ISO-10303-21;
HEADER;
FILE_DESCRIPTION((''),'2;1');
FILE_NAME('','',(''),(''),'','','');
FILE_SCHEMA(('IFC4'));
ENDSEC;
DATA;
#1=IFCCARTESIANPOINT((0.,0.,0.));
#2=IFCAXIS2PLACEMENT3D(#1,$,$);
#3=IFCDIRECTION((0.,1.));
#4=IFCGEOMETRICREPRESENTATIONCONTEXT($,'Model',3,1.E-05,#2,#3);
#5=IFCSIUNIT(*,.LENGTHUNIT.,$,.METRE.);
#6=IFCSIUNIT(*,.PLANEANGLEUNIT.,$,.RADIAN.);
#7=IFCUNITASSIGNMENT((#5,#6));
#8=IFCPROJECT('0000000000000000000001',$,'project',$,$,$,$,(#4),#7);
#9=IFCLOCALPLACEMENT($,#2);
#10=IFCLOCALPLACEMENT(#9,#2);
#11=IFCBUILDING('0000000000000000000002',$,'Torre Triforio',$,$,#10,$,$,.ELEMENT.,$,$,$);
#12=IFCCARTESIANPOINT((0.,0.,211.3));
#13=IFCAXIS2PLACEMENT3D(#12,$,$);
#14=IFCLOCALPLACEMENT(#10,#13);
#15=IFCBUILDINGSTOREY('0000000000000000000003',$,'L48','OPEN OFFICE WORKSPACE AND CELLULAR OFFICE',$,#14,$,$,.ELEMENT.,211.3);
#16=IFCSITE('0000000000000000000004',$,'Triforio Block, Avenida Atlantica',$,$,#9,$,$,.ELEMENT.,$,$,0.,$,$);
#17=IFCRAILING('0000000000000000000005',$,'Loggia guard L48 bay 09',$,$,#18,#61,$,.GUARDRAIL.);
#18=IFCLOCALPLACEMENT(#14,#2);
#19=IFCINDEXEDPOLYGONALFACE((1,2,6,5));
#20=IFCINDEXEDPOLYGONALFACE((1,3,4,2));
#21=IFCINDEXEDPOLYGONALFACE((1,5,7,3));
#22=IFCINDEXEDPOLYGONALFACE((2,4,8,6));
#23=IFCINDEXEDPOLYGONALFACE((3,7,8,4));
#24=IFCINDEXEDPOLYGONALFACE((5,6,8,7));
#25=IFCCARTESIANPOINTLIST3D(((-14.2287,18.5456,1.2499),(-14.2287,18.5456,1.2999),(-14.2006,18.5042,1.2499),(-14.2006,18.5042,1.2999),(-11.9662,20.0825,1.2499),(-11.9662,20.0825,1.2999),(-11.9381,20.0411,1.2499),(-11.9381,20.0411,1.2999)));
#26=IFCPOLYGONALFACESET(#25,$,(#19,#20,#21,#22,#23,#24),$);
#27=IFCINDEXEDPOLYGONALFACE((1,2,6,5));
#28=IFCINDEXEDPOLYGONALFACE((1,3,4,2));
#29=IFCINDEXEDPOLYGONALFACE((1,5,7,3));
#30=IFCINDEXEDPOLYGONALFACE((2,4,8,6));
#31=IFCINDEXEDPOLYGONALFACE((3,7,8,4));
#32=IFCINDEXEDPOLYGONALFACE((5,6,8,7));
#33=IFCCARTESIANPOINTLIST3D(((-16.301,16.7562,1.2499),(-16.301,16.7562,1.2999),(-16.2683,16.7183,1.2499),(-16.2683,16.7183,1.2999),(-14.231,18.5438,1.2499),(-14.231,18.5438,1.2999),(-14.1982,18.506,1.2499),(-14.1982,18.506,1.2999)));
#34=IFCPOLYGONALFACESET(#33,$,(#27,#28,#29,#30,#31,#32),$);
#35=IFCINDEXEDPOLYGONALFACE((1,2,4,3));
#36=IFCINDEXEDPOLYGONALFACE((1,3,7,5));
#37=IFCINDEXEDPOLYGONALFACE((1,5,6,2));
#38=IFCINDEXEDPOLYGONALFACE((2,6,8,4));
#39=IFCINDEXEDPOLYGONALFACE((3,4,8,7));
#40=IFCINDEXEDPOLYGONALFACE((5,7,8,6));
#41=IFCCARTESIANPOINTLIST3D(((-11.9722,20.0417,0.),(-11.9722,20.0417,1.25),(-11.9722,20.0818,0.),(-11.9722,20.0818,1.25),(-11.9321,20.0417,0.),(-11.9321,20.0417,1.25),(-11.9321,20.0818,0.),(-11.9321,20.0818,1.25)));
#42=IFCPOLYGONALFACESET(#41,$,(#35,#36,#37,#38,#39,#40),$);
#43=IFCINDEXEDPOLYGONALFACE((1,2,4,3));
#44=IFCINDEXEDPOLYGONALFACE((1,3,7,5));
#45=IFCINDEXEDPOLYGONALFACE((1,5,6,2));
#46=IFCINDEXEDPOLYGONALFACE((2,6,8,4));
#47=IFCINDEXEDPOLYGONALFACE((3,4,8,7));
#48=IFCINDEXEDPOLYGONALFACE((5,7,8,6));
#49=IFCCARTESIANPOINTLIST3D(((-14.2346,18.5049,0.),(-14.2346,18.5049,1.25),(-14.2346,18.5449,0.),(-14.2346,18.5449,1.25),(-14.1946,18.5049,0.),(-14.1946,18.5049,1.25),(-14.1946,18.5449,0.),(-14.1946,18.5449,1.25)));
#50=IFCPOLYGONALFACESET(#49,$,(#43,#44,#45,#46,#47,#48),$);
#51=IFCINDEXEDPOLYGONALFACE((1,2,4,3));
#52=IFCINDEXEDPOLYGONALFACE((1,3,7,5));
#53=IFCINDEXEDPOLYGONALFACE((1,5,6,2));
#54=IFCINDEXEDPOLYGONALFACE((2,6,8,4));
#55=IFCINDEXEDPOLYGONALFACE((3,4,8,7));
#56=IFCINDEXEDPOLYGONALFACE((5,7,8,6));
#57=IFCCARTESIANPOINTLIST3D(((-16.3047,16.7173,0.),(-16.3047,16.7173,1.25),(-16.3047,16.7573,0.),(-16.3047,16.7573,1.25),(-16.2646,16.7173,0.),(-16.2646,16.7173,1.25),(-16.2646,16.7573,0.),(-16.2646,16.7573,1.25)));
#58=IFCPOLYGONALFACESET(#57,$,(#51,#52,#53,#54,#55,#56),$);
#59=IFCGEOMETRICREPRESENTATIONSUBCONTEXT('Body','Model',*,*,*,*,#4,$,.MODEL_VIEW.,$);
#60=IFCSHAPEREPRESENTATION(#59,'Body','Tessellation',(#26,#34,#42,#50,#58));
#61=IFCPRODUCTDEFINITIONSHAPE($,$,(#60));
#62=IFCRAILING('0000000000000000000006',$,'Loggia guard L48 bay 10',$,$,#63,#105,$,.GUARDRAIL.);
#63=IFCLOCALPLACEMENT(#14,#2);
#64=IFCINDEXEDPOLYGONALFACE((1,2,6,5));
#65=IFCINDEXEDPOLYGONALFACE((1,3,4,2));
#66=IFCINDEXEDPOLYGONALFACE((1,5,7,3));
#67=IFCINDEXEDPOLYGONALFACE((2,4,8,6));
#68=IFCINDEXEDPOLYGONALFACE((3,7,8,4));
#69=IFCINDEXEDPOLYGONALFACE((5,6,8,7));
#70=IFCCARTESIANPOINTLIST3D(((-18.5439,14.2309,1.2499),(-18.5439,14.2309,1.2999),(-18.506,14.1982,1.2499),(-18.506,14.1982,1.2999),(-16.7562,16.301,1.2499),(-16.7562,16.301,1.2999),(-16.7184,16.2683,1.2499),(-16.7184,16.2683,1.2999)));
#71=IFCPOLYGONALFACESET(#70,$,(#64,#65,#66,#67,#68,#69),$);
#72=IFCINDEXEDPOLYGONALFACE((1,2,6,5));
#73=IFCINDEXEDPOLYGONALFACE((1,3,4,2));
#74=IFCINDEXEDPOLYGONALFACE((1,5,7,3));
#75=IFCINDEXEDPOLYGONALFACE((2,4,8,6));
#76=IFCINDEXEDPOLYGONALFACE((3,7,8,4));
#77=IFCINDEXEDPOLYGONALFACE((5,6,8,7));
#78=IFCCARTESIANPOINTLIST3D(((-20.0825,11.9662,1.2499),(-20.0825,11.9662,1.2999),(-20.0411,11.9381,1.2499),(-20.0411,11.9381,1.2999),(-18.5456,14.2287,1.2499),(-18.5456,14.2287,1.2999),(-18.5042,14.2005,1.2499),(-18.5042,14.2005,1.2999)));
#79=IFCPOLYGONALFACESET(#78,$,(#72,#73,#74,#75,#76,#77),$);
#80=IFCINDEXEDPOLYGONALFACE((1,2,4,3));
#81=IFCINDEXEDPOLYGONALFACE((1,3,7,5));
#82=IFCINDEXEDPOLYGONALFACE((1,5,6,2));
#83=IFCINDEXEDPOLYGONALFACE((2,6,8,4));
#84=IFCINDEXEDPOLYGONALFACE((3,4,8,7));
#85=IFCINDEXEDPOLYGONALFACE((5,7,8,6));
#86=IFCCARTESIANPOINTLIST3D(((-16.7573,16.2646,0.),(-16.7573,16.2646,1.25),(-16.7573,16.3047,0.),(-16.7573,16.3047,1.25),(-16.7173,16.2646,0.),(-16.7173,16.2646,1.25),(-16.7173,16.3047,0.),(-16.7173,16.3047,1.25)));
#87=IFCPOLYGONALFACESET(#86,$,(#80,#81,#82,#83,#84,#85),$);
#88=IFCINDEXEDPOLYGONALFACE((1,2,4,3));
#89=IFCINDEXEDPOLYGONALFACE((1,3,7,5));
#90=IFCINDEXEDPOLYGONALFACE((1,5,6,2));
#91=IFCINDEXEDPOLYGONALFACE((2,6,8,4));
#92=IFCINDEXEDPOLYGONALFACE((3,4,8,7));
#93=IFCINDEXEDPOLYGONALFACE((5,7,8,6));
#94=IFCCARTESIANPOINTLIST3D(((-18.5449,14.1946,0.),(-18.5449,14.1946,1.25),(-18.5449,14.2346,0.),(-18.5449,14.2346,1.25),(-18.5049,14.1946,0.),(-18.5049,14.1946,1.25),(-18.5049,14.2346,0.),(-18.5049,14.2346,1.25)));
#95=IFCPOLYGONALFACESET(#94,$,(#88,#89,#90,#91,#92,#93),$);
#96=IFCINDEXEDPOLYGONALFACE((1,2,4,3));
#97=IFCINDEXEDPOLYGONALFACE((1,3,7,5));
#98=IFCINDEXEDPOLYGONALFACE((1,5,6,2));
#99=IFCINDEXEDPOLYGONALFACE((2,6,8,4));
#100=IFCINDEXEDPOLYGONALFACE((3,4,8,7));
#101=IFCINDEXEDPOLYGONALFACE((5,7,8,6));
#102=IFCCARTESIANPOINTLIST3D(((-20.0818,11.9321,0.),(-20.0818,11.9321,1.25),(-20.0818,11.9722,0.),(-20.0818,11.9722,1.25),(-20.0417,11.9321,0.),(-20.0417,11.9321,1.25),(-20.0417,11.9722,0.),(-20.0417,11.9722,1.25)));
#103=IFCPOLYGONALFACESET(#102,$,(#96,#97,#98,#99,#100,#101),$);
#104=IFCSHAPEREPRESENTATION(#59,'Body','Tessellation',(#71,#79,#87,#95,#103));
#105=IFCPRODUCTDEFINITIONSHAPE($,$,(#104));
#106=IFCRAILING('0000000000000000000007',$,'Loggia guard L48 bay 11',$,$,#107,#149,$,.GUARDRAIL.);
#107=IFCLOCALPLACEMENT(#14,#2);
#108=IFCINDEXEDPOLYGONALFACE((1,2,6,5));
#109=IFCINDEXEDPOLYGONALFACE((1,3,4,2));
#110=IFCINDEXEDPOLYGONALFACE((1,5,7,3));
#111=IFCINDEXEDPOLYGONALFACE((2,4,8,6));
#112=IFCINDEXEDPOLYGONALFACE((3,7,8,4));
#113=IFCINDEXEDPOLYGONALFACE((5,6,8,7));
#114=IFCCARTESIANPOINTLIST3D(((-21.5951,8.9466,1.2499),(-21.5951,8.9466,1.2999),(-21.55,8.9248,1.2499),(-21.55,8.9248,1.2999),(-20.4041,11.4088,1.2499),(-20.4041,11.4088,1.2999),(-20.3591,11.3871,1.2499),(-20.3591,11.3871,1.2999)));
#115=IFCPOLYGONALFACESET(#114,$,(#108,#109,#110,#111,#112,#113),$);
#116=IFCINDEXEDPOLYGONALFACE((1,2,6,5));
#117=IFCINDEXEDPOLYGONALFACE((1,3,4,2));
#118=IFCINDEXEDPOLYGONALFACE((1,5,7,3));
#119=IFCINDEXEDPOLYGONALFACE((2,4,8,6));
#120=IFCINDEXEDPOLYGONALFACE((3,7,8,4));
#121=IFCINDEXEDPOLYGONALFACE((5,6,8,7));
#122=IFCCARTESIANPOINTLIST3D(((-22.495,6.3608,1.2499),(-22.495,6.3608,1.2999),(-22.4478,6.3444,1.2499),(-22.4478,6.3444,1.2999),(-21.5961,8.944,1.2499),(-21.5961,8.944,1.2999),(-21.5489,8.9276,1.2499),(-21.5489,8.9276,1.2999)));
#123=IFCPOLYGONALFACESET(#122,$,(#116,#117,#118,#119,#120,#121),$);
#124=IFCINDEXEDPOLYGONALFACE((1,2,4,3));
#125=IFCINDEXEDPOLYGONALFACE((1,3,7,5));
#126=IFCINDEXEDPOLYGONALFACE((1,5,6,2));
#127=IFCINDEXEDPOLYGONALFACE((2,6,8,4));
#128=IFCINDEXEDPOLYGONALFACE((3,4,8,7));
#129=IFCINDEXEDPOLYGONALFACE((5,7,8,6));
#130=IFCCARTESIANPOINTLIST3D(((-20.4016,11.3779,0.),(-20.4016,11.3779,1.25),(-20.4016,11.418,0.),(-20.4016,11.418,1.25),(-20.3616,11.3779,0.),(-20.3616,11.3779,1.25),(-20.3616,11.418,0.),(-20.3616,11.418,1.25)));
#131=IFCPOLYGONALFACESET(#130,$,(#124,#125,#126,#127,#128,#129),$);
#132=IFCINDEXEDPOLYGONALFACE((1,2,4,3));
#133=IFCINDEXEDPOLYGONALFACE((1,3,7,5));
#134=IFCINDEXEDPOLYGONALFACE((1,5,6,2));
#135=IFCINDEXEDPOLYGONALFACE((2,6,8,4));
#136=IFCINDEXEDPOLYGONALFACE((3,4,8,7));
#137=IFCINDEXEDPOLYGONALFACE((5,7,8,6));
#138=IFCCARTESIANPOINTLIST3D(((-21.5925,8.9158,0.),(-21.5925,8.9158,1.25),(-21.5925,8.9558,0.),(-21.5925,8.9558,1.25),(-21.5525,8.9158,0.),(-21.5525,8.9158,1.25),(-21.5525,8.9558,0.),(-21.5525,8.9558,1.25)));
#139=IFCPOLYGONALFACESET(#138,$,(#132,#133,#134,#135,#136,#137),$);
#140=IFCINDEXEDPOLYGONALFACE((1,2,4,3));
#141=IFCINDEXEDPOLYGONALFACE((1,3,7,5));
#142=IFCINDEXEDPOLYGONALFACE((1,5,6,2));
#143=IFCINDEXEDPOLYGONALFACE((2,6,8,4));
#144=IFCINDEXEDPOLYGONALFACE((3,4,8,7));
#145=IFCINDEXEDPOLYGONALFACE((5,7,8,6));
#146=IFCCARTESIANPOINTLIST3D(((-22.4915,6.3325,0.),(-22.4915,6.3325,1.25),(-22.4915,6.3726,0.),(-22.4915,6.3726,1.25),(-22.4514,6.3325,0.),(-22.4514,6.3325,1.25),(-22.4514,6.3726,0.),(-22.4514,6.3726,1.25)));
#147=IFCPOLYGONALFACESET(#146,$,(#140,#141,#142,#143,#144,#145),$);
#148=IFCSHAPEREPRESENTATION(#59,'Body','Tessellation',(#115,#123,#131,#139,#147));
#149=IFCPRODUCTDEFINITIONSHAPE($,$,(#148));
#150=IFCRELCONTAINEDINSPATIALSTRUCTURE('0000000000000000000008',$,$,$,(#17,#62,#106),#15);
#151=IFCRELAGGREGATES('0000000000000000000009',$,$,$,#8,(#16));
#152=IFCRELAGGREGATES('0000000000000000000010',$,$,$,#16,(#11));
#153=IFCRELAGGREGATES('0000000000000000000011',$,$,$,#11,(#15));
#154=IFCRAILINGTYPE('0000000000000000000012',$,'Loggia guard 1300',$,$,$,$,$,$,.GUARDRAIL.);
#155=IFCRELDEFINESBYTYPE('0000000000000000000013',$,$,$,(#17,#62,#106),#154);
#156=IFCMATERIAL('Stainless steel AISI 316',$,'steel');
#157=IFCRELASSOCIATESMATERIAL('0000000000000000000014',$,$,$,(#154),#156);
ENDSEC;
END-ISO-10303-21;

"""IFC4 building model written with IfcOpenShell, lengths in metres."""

from ifc_helpers import new_model, si_unit, direction, frame, origin, origin_2d, place, context, subcontext, project, spatial, rectangle, extrude, material, type_object, element, save


model = new_model("IFC4")

# Units and contexts
model_context = context("Model", 3, precision=1e-05, world=origin(), true_north=direction((0.0, 1.0)))
body_context = subcontext(model_context, "Body", "Model", "MODEL_VIEW")
ifc_project = project(units=[si_unit("LENGTHUNIT", "METRE"), si_unit("PLANEANGLEUNIT", "RADIAN")], contexts=[model_context])

# Site, building, storey
site_placement = place(None, origin())
site = spatial("IfcSite", under=ifc_project, at=site_placement, Name="Triforio Block, Avenida Atlantica", CompositionType="ELEMENT", RefElevation=0.0)
building_placement = place(site_placement, origin())
building = spatial("IfcBuilding", under=site, at=building_placement, Name="Torre Triforio", CompositionType="ELEMENT")
storey_placement = place(building_placement, frame((0.0, 0.0, 211.3)))
storey = spatial("IfcBuildingStorey", under=building, at=storey_placement, Name="L48", Description="OPEN OFFICE WORKSPACE AND CELLULAR OFFICE", CompositionType="ELEMENT", Elevation=211.3)

# Railings
ifc_material_1 = material(Name="Stainless steel AISI 316", Category="steel")
railing_type = type_object("IfcRailingType", Name="Loggia guard 1300", PredefinedType="GUARDRAIL", material=ifc_material_1)
railing_1_placement = place(storey_placement, frame((-11.9521, 20.0618, 0.0)))
element("IfcRailing", 1, at=railing_1_placement, inside=storey, type_object=railing_type, Name="Loggia guard L48 bay 09", PredefinedType="GUARDRAIL", context=body_context, shape_type="SweptSolid", body=[
    extrude(rectangle(XDim=0.05, YDim=0.05, at=origin_2d()), frame((0.0, 0.0, 1.2749), z_axis=(-0.827199, -0.56191, 0.0), x_axis=(0.56191, -0.827199, 0.0)), (0.0, 0.0, 1.0), 2.7351),
    extrude(rectangle(XDim=0.05, YDim=0.05, at=origin_2d()), frame((-2.2625, -1.5369, 1.2749), z_axis=(-0.756857, -0.65358, 0.0), x_axis=(0.65358, -0.756857, 0.0)), (0.0, 0.0, 1.0), 2.7351),
    extrude(rectangle(XDim=0.04, YDim=0.04, at=origin_2d()), origin(), (0.0, 0.0, 1.0), 1.25),
    extrude(rectangle(XDim=0.04, YDim=0.04, at=origin_2d()), frame((-2.2625, -1.5369, 0.0)), (0.0, 0.0, 1.0), 1.25),
    extrude(rectangle(XDim=0.04, YDim=0.04, at=origin_2d()), frame((-4.3325, -3.3245, 0.0)), (0.0, 0.0, 1.0), 1.25),
])
railing_2_placement = place(storey_placement, frame((-16.7373, 16.2847, 0.0)))
element("IfcRailing", 2, at=railing_2_placement, inside=storey, type_object=railing_type, Name="Loggia guard L48 bay 10", PredefinedType="GUARDRAIL", context=body_context, shape_type="SweptSolid", body=[
    extrude(rectangle(XDim=0.05, YDim=0.05, at=origin_2d()), frame((0.0, 0.0, 1.2749), z_axis=(-0.65358, -0.756857, 0.0), x_axis=(0.756857, -0.65358, 0.0)), (0.0, 0.0, 1.0), 2.7351),
    extrude(rectangle(XDim=0.05, YDim=0.05, at=origin_2d()), frame((-1.7876, -2.0701, 1.2749), z_axis=(-0.56191, -0.827199, 0.0), x_axis=(0.827199, -0.56191, 0.0)), (0.0, 0.0, 1.0), 2.7351),
    extrude(rectangle(XDim=0.04, YDim=0.04, at=origin_2d()), origin(), (0.0, 0.0, 1.0), 1.25),
    extrude(rectangle(XDim=0.04, YDim=0.04, at=origin_2d()), frame((-1.7876, -2.0701, 0.0)), (0.0, 0.0, 1.0), 1.25),
    extrude(rectangle(XDim=0.04, YDim=0.04, at=origin_2d()), frame((-3.3245, -4.3325, 0.0)), (0.0, 0.0, 1.0), 1.25),
])
railing_3_placement = place(storey_placement, frame((-20.3816, 11.3979, 0.0)))
element("IfcRailing", 3, at=railing_3_placement, inside=storey, type_object=railing_type, Name="Loggia guard L48 bay 11", PredefinedType="GUARDRAIL", context=body_context, shape_type="SweptSolid", body=[
    extrude(rectangle(XDim=0.05, YDim=0.05, at=origin_2d()), frame((0.0, 0.0, 1.2749), z_axis=(-0.435428, -0.900224, 0.0), x_axis=(0.900224, -0.435428, 0.0)), (0.0, 0.0, 1.0), 2.7351),
    extrude(rectangle(XDim=0.05, YDim=0.05, at=origin_2d()), frame((-1.1909, -2.4622, 1.2749), z_axis=(-0.328652, -0.944451, 0.0), x_axis=(0.944451, -0.328652, 0.0)), (0.0, 0.0, 1.0), 2.7351),
    extrude(rectangle(XDim=0.04, YDim=0.04, at=origin_2d()), origin(), (0.0, 0.0, 1.0), 1.25),
    extrude(rectangle(XDim=0.04, YDim=0.04, at=origin_2d()), frame((-1.1909, -2.4622, 0.0)), (0.0, 0.0, 1.0), 1.25),
    extrude(rectangle(XDim=0.04, YDim=0.04, at=origin_2d()), frame((-2.0898, -5.0454, 0.0)), (0.0, 0.0, 1.0), 1.25),
])

save(model, "model.ifc")
